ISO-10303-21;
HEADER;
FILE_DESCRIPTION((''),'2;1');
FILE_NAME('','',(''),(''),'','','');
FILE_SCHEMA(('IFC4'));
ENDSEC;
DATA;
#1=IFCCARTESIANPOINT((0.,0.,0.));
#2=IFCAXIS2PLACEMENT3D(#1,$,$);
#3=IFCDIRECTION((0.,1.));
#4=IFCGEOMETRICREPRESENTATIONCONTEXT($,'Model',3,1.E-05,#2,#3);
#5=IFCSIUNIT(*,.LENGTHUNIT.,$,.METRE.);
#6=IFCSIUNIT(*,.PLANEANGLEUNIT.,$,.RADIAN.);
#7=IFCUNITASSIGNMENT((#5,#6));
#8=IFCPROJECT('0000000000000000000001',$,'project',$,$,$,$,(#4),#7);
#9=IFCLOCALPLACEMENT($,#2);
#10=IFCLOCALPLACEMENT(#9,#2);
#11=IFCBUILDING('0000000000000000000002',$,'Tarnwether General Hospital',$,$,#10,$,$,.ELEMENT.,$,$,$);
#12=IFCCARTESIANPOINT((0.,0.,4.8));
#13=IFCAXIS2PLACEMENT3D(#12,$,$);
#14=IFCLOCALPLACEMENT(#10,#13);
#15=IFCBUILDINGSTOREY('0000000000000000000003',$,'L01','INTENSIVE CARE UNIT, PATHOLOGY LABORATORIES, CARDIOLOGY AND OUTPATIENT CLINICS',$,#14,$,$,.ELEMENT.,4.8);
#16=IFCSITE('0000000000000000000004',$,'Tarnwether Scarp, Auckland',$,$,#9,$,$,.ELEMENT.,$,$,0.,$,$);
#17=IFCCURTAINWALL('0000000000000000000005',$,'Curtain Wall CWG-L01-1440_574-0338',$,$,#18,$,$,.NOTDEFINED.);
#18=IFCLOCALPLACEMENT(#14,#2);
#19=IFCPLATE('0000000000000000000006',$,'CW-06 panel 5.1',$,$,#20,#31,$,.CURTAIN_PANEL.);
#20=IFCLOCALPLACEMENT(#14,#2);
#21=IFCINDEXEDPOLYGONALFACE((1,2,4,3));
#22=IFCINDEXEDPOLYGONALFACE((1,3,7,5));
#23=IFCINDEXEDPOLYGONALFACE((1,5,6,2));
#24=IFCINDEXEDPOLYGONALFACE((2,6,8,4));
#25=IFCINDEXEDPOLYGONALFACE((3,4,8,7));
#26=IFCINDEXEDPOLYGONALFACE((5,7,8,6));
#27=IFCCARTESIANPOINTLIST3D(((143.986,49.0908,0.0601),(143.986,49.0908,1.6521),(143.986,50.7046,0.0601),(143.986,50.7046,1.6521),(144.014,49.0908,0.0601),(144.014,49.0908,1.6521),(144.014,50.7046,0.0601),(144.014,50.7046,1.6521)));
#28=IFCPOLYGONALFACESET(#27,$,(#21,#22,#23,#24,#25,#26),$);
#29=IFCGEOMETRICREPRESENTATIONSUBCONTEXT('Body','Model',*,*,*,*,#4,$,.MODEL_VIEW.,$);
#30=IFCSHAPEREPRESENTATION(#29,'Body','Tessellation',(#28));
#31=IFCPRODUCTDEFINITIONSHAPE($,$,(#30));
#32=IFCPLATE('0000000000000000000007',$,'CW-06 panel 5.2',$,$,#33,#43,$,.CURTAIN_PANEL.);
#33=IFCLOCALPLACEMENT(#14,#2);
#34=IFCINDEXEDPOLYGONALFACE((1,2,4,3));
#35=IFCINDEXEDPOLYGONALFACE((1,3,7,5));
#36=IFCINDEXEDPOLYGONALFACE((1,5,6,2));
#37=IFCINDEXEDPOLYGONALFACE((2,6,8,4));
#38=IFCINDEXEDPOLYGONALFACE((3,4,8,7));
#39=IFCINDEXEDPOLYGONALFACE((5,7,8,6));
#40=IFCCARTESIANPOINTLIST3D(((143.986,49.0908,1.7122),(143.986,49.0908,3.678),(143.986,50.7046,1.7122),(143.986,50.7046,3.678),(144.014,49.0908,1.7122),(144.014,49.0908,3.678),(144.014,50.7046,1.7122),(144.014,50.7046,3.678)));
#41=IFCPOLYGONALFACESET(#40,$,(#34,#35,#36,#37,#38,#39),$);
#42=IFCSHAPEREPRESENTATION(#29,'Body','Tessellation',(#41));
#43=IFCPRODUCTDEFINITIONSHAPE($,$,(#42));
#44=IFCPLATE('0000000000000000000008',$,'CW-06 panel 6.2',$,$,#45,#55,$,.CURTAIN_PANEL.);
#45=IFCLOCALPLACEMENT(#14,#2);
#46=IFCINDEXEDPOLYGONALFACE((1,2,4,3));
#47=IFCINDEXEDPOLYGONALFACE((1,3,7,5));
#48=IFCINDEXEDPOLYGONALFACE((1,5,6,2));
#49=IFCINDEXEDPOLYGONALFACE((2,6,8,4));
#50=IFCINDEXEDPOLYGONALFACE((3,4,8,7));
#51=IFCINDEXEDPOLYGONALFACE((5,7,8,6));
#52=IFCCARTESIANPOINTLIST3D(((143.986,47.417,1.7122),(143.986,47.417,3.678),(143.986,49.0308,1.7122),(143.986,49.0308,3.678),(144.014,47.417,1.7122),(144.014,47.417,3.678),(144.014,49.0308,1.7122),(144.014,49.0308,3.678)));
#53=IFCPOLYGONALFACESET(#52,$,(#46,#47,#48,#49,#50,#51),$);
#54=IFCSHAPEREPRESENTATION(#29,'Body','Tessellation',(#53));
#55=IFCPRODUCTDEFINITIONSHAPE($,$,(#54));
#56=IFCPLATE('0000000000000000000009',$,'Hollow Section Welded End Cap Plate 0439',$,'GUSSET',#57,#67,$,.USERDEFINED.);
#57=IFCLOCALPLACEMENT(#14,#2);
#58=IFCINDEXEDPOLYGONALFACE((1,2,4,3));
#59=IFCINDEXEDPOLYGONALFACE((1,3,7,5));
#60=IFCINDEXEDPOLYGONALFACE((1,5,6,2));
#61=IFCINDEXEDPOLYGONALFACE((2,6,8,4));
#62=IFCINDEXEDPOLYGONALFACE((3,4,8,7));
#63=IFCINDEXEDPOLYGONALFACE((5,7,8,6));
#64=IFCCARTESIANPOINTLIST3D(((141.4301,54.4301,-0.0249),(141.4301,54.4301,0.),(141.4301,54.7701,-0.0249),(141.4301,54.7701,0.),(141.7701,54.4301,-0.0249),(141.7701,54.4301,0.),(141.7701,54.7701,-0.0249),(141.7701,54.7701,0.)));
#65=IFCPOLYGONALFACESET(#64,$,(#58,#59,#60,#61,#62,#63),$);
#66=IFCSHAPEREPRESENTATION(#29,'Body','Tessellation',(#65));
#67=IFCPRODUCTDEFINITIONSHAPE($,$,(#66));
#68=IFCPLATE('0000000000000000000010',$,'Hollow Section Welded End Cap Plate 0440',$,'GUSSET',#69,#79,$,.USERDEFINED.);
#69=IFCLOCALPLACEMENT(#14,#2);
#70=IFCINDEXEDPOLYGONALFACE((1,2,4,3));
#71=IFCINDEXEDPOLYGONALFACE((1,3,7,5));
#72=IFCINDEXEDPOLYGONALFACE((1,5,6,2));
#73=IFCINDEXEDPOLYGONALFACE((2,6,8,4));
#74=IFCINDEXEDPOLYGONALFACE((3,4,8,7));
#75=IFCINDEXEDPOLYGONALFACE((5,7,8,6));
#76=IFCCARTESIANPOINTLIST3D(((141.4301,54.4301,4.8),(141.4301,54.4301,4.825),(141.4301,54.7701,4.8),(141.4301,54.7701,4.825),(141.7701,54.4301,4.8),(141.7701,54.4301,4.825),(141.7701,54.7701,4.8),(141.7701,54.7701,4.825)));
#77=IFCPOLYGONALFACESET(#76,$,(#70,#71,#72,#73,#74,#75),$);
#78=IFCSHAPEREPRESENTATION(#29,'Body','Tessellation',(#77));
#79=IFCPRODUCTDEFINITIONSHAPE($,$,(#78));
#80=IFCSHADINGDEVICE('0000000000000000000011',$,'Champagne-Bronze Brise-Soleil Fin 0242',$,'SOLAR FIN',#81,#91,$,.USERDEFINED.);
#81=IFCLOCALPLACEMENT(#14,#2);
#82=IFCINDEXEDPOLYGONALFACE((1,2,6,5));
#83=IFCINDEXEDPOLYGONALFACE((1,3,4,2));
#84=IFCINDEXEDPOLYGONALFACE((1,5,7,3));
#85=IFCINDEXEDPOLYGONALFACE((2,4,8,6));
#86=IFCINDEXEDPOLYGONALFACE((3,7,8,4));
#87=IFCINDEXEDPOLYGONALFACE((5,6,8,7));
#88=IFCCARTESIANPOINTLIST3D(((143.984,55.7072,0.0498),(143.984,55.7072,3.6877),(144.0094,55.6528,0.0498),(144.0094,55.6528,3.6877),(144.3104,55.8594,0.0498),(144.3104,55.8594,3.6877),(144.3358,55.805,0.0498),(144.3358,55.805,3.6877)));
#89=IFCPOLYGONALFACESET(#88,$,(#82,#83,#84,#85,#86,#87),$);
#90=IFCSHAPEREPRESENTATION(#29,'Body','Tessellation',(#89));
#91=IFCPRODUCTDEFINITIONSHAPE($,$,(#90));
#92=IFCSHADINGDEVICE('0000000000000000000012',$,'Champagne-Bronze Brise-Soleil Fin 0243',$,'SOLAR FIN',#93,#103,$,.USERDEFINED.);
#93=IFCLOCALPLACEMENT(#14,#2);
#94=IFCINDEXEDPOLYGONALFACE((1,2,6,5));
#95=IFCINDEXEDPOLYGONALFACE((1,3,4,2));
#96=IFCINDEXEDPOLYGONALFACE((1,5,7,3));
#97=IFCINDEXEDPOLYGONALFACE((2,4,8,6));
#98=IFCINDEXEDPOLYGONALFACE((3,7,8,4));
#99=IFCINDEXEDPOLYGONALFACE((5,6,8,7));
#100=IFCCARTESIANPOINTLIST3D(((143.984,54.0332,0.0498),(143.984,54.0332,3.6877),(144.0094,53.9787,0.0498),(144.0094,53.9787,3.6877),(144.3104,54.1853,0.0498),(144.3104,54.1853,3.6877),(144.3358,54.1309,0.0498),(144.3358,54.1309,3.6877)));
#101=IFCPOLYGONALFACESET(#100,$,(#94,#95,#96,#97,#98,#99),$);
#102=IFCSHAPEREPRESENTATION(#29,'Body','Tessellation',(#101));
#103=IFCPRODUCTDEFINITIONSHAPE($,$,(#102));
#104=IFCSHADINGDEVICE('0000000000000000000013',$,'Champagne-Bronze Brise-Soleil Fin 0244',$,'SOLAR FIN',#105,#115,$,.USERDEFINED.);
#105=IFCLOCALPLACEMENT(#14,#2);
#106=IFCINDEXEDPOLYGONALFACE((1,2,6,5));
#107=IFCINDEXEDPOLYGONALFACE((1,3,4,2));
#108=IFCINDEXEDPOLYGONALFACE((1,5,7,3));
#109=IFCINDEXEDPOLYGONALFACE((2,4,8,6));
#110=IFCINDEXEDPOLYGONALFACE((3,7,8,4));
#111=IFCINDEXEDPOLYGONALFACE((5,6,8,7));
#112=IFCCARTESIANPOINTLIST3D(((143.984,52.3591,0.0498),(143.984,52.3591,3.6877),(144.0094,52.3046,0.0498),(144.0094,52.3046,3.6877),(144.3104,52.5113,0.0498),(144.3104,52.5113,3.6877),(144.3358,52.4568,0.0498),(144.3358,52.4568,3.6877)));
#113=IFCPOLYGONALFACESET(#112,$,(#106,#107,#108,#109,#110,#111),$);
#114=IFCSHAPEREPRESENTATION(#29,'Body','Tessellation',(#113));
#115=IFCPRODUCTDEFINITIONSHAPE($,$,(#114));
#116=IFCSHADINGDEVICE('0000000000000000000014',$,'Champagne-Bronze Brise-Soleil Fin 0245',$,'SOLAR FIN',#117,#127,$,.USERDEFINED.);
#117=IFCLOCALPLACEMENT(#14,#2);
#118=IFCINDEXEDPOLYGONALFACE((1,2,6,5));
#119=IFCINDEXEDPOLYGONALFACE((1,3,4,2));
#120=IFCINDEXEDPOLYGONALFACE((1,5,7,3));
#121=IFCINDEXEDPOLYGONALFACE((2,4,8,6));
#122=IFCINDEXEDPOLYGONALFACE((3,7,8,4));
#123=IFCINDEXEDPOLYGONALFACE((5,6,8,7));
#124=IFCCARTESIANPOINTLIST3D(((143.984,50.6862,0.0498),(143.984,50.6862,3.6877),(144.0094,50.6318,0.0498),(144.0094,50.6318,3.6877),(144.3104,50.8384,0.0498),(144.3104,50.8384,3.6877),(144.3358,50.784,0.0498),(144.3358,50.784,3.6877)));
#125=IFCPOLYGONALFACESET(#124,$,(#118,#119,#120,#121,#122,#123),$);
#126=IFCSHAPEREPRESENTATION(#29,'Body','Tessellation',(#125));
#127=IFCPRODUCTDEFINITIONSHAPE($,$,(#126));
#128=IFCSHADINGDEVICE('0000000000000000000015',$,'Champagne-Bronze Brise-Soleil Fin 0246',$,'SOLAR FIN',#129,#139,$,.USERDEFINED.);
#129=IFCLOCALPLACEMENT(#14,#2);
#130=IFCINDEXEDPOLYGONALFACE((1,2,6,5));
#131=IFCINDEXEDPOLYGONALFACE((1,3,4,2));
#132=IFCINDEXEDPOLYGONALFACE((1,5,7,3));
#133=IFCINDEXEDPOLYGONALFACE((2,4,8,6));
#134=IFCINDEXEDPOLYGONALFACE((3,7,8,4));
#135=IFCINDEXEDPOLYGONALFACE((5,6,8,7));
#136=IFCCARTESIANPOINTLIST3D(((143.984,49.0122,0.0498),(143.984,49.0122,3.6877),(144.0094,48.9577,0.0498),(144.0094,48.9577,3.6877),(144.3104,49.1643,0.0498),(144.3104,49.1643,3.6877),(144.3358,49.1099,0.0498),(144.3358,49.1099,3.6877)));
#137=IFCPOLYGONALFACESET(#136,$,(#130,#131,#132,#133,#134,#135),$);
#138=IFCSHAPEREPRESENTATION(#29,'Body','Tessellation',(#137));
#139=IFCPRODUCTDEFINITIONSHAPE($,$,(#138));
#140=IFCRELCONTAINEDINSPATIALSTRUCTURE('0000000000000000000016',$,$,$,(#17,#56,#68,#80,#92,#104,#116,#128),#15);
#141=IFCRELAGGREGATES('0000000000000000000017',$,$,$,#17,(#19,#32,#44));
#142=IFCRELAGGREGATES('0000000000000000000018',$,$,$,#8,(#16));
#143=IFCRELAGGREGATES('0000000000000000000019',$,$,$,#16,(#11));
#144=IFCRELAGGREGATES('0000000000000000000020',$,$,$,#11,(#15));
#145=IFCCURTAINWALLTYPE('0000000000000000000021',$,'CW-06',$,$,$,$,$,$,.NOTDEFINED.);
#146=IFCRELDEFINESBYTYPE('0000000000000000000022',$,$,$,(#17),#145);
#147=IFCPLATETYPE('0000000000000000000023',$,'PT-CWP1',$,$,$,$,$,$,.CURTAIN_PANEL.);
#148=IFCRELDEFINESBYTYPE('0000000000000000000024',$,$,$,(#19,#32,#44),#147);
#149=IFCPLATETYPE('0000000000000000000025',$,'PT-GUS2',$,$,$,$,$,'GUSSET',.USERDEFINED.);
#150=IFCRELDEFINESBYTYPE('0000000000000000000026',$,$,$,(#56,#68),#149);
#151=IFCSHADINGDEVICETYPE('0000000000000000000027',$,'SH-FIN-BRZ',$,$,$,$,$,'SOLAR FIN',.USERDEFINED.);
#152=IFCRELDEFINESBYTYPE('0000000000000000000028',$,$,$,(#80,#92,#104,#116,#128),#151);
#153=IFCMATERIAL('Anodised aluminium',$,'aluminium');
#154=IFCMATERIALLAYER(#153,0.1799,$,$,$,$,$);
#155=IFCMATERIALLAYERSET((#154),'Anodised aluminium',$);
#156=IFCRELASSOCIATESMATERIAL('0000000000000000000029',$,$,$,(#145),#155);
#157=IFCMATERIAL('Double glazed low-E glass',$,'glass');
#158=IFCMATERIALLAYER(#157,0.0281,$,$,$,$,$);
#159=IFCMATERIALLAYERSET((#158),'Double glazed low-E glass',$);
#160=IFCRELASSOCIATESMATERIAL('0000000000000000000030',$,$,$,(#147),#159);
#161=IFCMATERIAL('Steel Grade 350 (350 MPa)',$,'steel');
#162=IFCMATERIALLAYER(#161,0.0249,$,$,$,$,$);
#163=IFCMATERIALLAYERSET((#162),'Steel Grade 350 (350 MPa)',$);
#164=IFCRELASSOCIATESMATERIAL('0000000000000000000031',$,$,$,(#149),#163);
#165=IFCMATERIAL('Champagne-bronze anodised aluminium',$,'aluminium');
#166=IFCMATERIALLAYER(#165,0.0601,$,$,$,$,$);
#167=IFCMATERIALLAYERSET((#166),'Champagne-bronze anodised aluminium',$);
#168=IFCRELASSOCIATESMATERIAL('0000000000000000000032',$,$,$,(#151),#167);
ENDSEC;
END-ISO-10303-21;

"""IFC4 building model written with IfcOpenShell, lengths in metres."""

from ifc_helpers import new_model, si_unit, direction, frame, origin, origin_2d, place, context, subcontext, project, spatial, rectangle, extrude, material, layer, layer_set, type_object, element, aggregate, save


model = new_model("IFC4")

# Units and contexts
model_context = context("Model", 3, precision=1e-05, world=origin(), true_north=direction((0.0, 1.0)))
body_context = subcontext(model_context, "Body", "Model", "MODEL_VIEW")
ifc_project = project(units=[si_unit("LENGTHUNIT", "METRE"), si_unit("PLANEANGLEUNIT", "RADIAN")], contexts=[model_context])

# Site, building, storey
site_placement = place(None, origin())
site = spatial("IfcSite", under=ifc_project, at=site_placement, Name="Tarnwether Scarp, Auckland", CompositionType="ELEMENT", RefElevation=0.0)
building_placement = place(site_placement, origin())
building = spatial("IfcBuilding", under=site, at=building_placement, Name="Tarnwether General Hospital", CompositionType="ELEMENT")
storey_placement = place(building_placement, frame((0.0, 0.0, 4.8)))
storey = spatial("IfcBuildingStorey", under=building, at=storey_placement, Name="L01", Description="INTENSIVE CARE UNIT, PATHOLOGY LABORATORIES, CARDIOLOGY AND OUTPATIENT CLINICS", CompositionType="ELEMENT", Elevation=4.8)

# Curtain wall, plates
ifc_material_1 = material(Name="Anodised aluminium", Category="aluminium")
ifc_layer_1 = layer(ifc_material_1, 0.1799)
ifc_layer_set_1 = layer_set([ifc_layer_1], Name="Anodised aluminium")
curtain_wall_type = type_object("IfcCurtainWallType", Name="CW-06", PredefinedType="NOTDEFINED", material=ifc_layer_set_1)
curtain_wall_placement = place(storey_placement, origin())
curtain_wall = element("IfcCurtainWall", 1, at=curtain_wall_placement, inside=storey, type_object=curtain_wall_type, Name="Curtain Wall CWG-L01-1440_574-0338", PredefinedType="NOTDEFINED")
ifc_material_2 = material(Name="Double glazed low-E glass", Category="glass")
ifc_layer_2 = layer(ifc_material_2, 0.0281)
ifc_layer_set_2 = layer_set([ifc_layer_2], Name="Double glazed low-E glass")
plate_type_1 = type_object("IfcPlateType", Name="PT-CWP1", PredefinedType="CURTAIN_PANEL", material=ifc_layer_set_2)
plate_1_placement = place(storey_placement, frame((144.0, 49.8977, 0.0601), z_axis=(0.0, 0.0, 1.0), x_axis=(0.0, -1.0, 0.0)))
plate_1 = element("IfcPlate", 2, at=plate_1_placement, type_object=plate_type_1, Name="CW-06 panel 5.1", PredefinedType="CURTAIN_PANEL", context=body_context, shape_type="SweptSolid", body=[
    extrude(rectangle(XDim=1.6138, YDim=0.0281, at=origin_2d()), origin(), (0.0, 0.0, 1.0), 1.592),
])
plate_2_placement = place(storey_placement, frame((144.0, 49.8977, 1.7122), z_axis=(0.0, 0.0, 1.0), x_axis=(0.0, -1.0, 0.0)))
plate_2 = element("IfcPlate", 3, at=plate_2_placement, type_object=plate_type_1, Name="CW-06 panel 5.2", PredefinedType="CURTAIN_PANEL", context=body_context, shape_type="SweptSolid", body=[
    extrude(rectangle(XDim=1.6138, YDim=0.0281, at=origin_2d()), origin(), (0.0, 0.0, 1.0), 1.9658),
])
plate_3_placement = place(storey_placement, frame((144.0, 48.2239, 1.7122), z_axis=(0.0, 0.0, 1.0), x_axis=(0.0, -1.0, 0.0)))
plate_3 = element("IfcPlate", 4, at=plate_3_placement, type_object=plate_type_1, Name="CW-06 panel 6.2", PredefinedType="CURTAIN_PANEL", context=body_context, shape_type="SweptSolid", body=[
    extrude(rectangle(XDim=1.6138, YDim=0.0281, at=origin_2d()), origin(), (0.0, 0.0, 1.0), 1.9658),
])
aggregate(curtain_wall, [plate_1, plate_2, plate_3])

# Plates
ifc_material_3 = material(Name="Steel Grade 350 (350 MPa)", Category="steel")
ifc_layer_3 = layer(ifc_material_3, 0.0249)
ifc_layer_set_3 = layer_set([ifc_layer_3], Name="Steel Grade 350 (350 MPa)")
plate_type_2 = type_object("IfcPlateType", Name="PT-GUS2", ElementType="GUSSET", PredefinedType="USERDEFINED", material=ifc_layer_set_3)
for number, where, z_axis, x_axis, name in (
    (5, (141.6001, 54.6001, -0.0249), (0.0, 0.0, 1.0), (1.0, 0.0, 0.0), "Hollow Section Welded End Cap Plate 0439"),
    (6, (141.6001, 54.6001, 4.8), (0.0, 0.0, 1.0), (1.0, 0.0, 0.0), "Hollow Section Welded End Cap Plate 0440"),
):
    element("IfcPlate", number, at=place(storey_placement, frame(where, z_axis=z_axis, x_axis=x_axis)), inside=storey, type_object=plate_type_2, Name=name, ObjectType="GUSSET", PredefinedType="USERDEFINED", context=body_context, shape_type="SweptSolid", body=[
        extrude(rectangle(XDim=0.3401, YDim=0.3401, at=origin_2d()), origin(), (0.0, 0.0, 1.0), 0.0249),
    ])

# Shading devices
ifc_material_4 = material(Name="Champagne-bronze anodised aluminium", Category="aluminium")
ifc_layer_4 = layer(ifc_material_4, 0.0601)
ifc_layer_set_4 = layer_set([ifc_layer_4], Name="Champagne-bronze anodised aluminium")
shading_device_type = type_object("IfcShadingDeviceType", Name="SH-FIN-BRZ", ElementType="SOLAR FIN", PredefinedType="USERDEFINED", material=ifc_layer_set_4)
for number, where, z_axis, x_axis, name in (
    (7, (144.1599, 55.7561, 0.0498), (0.0, 0.0, 1.0), (0.422618, -0.906308, 0.0), "Champagne-Bronze Brise-Soleil Fin 0242"),
    (8, (144.1599, 54.082, 0.0498), (0.0, 0.0, 1.0), (0.422618, -0.906308, 0.0), "Champagne-Bronze Brise-Soleil Fin 0243"),
    (9, (144.1599, 52.408, 0.0498), (0.0, 0.0, 1.0), (0.422618, -0.906308, 0.0), "Champagne-Bronze Brise-Soleil Fin 0244"),
    (10, (144.1599, 50.7351, 0.0498), (0.0, 0.0, 1.0), (0.422618, -0.906308, 0.0), "Champagne-Bronze Brise-Soleil Fin 0245"),
    (11, (144.1599, 49.061, 0.0498), (0.0, 0.0, 1.0), (0.422618, -0.906308, 0.0), "Champagne-Bronze Brise-Soleil Fin 0246"),
):
    element("IfcShadingDevice", number, at=place(storey_placement, frame(where, z_axis=z_axis, x_axis=x_axis)), inside=storey, type_object=shading_device_type, Name=name, ObjectType="SOLAR FIN", PredefinedType="USERDEFINED", context=body_context, shape_type="SweptSolid", body=[
        extrude(rectangle(XDim=0.0601, YDim=0.3601, at=origin_2d()), origin(), (0.0, 0.0, 1.0), 3.6379),
    ])

save(model, "model.ifc")
